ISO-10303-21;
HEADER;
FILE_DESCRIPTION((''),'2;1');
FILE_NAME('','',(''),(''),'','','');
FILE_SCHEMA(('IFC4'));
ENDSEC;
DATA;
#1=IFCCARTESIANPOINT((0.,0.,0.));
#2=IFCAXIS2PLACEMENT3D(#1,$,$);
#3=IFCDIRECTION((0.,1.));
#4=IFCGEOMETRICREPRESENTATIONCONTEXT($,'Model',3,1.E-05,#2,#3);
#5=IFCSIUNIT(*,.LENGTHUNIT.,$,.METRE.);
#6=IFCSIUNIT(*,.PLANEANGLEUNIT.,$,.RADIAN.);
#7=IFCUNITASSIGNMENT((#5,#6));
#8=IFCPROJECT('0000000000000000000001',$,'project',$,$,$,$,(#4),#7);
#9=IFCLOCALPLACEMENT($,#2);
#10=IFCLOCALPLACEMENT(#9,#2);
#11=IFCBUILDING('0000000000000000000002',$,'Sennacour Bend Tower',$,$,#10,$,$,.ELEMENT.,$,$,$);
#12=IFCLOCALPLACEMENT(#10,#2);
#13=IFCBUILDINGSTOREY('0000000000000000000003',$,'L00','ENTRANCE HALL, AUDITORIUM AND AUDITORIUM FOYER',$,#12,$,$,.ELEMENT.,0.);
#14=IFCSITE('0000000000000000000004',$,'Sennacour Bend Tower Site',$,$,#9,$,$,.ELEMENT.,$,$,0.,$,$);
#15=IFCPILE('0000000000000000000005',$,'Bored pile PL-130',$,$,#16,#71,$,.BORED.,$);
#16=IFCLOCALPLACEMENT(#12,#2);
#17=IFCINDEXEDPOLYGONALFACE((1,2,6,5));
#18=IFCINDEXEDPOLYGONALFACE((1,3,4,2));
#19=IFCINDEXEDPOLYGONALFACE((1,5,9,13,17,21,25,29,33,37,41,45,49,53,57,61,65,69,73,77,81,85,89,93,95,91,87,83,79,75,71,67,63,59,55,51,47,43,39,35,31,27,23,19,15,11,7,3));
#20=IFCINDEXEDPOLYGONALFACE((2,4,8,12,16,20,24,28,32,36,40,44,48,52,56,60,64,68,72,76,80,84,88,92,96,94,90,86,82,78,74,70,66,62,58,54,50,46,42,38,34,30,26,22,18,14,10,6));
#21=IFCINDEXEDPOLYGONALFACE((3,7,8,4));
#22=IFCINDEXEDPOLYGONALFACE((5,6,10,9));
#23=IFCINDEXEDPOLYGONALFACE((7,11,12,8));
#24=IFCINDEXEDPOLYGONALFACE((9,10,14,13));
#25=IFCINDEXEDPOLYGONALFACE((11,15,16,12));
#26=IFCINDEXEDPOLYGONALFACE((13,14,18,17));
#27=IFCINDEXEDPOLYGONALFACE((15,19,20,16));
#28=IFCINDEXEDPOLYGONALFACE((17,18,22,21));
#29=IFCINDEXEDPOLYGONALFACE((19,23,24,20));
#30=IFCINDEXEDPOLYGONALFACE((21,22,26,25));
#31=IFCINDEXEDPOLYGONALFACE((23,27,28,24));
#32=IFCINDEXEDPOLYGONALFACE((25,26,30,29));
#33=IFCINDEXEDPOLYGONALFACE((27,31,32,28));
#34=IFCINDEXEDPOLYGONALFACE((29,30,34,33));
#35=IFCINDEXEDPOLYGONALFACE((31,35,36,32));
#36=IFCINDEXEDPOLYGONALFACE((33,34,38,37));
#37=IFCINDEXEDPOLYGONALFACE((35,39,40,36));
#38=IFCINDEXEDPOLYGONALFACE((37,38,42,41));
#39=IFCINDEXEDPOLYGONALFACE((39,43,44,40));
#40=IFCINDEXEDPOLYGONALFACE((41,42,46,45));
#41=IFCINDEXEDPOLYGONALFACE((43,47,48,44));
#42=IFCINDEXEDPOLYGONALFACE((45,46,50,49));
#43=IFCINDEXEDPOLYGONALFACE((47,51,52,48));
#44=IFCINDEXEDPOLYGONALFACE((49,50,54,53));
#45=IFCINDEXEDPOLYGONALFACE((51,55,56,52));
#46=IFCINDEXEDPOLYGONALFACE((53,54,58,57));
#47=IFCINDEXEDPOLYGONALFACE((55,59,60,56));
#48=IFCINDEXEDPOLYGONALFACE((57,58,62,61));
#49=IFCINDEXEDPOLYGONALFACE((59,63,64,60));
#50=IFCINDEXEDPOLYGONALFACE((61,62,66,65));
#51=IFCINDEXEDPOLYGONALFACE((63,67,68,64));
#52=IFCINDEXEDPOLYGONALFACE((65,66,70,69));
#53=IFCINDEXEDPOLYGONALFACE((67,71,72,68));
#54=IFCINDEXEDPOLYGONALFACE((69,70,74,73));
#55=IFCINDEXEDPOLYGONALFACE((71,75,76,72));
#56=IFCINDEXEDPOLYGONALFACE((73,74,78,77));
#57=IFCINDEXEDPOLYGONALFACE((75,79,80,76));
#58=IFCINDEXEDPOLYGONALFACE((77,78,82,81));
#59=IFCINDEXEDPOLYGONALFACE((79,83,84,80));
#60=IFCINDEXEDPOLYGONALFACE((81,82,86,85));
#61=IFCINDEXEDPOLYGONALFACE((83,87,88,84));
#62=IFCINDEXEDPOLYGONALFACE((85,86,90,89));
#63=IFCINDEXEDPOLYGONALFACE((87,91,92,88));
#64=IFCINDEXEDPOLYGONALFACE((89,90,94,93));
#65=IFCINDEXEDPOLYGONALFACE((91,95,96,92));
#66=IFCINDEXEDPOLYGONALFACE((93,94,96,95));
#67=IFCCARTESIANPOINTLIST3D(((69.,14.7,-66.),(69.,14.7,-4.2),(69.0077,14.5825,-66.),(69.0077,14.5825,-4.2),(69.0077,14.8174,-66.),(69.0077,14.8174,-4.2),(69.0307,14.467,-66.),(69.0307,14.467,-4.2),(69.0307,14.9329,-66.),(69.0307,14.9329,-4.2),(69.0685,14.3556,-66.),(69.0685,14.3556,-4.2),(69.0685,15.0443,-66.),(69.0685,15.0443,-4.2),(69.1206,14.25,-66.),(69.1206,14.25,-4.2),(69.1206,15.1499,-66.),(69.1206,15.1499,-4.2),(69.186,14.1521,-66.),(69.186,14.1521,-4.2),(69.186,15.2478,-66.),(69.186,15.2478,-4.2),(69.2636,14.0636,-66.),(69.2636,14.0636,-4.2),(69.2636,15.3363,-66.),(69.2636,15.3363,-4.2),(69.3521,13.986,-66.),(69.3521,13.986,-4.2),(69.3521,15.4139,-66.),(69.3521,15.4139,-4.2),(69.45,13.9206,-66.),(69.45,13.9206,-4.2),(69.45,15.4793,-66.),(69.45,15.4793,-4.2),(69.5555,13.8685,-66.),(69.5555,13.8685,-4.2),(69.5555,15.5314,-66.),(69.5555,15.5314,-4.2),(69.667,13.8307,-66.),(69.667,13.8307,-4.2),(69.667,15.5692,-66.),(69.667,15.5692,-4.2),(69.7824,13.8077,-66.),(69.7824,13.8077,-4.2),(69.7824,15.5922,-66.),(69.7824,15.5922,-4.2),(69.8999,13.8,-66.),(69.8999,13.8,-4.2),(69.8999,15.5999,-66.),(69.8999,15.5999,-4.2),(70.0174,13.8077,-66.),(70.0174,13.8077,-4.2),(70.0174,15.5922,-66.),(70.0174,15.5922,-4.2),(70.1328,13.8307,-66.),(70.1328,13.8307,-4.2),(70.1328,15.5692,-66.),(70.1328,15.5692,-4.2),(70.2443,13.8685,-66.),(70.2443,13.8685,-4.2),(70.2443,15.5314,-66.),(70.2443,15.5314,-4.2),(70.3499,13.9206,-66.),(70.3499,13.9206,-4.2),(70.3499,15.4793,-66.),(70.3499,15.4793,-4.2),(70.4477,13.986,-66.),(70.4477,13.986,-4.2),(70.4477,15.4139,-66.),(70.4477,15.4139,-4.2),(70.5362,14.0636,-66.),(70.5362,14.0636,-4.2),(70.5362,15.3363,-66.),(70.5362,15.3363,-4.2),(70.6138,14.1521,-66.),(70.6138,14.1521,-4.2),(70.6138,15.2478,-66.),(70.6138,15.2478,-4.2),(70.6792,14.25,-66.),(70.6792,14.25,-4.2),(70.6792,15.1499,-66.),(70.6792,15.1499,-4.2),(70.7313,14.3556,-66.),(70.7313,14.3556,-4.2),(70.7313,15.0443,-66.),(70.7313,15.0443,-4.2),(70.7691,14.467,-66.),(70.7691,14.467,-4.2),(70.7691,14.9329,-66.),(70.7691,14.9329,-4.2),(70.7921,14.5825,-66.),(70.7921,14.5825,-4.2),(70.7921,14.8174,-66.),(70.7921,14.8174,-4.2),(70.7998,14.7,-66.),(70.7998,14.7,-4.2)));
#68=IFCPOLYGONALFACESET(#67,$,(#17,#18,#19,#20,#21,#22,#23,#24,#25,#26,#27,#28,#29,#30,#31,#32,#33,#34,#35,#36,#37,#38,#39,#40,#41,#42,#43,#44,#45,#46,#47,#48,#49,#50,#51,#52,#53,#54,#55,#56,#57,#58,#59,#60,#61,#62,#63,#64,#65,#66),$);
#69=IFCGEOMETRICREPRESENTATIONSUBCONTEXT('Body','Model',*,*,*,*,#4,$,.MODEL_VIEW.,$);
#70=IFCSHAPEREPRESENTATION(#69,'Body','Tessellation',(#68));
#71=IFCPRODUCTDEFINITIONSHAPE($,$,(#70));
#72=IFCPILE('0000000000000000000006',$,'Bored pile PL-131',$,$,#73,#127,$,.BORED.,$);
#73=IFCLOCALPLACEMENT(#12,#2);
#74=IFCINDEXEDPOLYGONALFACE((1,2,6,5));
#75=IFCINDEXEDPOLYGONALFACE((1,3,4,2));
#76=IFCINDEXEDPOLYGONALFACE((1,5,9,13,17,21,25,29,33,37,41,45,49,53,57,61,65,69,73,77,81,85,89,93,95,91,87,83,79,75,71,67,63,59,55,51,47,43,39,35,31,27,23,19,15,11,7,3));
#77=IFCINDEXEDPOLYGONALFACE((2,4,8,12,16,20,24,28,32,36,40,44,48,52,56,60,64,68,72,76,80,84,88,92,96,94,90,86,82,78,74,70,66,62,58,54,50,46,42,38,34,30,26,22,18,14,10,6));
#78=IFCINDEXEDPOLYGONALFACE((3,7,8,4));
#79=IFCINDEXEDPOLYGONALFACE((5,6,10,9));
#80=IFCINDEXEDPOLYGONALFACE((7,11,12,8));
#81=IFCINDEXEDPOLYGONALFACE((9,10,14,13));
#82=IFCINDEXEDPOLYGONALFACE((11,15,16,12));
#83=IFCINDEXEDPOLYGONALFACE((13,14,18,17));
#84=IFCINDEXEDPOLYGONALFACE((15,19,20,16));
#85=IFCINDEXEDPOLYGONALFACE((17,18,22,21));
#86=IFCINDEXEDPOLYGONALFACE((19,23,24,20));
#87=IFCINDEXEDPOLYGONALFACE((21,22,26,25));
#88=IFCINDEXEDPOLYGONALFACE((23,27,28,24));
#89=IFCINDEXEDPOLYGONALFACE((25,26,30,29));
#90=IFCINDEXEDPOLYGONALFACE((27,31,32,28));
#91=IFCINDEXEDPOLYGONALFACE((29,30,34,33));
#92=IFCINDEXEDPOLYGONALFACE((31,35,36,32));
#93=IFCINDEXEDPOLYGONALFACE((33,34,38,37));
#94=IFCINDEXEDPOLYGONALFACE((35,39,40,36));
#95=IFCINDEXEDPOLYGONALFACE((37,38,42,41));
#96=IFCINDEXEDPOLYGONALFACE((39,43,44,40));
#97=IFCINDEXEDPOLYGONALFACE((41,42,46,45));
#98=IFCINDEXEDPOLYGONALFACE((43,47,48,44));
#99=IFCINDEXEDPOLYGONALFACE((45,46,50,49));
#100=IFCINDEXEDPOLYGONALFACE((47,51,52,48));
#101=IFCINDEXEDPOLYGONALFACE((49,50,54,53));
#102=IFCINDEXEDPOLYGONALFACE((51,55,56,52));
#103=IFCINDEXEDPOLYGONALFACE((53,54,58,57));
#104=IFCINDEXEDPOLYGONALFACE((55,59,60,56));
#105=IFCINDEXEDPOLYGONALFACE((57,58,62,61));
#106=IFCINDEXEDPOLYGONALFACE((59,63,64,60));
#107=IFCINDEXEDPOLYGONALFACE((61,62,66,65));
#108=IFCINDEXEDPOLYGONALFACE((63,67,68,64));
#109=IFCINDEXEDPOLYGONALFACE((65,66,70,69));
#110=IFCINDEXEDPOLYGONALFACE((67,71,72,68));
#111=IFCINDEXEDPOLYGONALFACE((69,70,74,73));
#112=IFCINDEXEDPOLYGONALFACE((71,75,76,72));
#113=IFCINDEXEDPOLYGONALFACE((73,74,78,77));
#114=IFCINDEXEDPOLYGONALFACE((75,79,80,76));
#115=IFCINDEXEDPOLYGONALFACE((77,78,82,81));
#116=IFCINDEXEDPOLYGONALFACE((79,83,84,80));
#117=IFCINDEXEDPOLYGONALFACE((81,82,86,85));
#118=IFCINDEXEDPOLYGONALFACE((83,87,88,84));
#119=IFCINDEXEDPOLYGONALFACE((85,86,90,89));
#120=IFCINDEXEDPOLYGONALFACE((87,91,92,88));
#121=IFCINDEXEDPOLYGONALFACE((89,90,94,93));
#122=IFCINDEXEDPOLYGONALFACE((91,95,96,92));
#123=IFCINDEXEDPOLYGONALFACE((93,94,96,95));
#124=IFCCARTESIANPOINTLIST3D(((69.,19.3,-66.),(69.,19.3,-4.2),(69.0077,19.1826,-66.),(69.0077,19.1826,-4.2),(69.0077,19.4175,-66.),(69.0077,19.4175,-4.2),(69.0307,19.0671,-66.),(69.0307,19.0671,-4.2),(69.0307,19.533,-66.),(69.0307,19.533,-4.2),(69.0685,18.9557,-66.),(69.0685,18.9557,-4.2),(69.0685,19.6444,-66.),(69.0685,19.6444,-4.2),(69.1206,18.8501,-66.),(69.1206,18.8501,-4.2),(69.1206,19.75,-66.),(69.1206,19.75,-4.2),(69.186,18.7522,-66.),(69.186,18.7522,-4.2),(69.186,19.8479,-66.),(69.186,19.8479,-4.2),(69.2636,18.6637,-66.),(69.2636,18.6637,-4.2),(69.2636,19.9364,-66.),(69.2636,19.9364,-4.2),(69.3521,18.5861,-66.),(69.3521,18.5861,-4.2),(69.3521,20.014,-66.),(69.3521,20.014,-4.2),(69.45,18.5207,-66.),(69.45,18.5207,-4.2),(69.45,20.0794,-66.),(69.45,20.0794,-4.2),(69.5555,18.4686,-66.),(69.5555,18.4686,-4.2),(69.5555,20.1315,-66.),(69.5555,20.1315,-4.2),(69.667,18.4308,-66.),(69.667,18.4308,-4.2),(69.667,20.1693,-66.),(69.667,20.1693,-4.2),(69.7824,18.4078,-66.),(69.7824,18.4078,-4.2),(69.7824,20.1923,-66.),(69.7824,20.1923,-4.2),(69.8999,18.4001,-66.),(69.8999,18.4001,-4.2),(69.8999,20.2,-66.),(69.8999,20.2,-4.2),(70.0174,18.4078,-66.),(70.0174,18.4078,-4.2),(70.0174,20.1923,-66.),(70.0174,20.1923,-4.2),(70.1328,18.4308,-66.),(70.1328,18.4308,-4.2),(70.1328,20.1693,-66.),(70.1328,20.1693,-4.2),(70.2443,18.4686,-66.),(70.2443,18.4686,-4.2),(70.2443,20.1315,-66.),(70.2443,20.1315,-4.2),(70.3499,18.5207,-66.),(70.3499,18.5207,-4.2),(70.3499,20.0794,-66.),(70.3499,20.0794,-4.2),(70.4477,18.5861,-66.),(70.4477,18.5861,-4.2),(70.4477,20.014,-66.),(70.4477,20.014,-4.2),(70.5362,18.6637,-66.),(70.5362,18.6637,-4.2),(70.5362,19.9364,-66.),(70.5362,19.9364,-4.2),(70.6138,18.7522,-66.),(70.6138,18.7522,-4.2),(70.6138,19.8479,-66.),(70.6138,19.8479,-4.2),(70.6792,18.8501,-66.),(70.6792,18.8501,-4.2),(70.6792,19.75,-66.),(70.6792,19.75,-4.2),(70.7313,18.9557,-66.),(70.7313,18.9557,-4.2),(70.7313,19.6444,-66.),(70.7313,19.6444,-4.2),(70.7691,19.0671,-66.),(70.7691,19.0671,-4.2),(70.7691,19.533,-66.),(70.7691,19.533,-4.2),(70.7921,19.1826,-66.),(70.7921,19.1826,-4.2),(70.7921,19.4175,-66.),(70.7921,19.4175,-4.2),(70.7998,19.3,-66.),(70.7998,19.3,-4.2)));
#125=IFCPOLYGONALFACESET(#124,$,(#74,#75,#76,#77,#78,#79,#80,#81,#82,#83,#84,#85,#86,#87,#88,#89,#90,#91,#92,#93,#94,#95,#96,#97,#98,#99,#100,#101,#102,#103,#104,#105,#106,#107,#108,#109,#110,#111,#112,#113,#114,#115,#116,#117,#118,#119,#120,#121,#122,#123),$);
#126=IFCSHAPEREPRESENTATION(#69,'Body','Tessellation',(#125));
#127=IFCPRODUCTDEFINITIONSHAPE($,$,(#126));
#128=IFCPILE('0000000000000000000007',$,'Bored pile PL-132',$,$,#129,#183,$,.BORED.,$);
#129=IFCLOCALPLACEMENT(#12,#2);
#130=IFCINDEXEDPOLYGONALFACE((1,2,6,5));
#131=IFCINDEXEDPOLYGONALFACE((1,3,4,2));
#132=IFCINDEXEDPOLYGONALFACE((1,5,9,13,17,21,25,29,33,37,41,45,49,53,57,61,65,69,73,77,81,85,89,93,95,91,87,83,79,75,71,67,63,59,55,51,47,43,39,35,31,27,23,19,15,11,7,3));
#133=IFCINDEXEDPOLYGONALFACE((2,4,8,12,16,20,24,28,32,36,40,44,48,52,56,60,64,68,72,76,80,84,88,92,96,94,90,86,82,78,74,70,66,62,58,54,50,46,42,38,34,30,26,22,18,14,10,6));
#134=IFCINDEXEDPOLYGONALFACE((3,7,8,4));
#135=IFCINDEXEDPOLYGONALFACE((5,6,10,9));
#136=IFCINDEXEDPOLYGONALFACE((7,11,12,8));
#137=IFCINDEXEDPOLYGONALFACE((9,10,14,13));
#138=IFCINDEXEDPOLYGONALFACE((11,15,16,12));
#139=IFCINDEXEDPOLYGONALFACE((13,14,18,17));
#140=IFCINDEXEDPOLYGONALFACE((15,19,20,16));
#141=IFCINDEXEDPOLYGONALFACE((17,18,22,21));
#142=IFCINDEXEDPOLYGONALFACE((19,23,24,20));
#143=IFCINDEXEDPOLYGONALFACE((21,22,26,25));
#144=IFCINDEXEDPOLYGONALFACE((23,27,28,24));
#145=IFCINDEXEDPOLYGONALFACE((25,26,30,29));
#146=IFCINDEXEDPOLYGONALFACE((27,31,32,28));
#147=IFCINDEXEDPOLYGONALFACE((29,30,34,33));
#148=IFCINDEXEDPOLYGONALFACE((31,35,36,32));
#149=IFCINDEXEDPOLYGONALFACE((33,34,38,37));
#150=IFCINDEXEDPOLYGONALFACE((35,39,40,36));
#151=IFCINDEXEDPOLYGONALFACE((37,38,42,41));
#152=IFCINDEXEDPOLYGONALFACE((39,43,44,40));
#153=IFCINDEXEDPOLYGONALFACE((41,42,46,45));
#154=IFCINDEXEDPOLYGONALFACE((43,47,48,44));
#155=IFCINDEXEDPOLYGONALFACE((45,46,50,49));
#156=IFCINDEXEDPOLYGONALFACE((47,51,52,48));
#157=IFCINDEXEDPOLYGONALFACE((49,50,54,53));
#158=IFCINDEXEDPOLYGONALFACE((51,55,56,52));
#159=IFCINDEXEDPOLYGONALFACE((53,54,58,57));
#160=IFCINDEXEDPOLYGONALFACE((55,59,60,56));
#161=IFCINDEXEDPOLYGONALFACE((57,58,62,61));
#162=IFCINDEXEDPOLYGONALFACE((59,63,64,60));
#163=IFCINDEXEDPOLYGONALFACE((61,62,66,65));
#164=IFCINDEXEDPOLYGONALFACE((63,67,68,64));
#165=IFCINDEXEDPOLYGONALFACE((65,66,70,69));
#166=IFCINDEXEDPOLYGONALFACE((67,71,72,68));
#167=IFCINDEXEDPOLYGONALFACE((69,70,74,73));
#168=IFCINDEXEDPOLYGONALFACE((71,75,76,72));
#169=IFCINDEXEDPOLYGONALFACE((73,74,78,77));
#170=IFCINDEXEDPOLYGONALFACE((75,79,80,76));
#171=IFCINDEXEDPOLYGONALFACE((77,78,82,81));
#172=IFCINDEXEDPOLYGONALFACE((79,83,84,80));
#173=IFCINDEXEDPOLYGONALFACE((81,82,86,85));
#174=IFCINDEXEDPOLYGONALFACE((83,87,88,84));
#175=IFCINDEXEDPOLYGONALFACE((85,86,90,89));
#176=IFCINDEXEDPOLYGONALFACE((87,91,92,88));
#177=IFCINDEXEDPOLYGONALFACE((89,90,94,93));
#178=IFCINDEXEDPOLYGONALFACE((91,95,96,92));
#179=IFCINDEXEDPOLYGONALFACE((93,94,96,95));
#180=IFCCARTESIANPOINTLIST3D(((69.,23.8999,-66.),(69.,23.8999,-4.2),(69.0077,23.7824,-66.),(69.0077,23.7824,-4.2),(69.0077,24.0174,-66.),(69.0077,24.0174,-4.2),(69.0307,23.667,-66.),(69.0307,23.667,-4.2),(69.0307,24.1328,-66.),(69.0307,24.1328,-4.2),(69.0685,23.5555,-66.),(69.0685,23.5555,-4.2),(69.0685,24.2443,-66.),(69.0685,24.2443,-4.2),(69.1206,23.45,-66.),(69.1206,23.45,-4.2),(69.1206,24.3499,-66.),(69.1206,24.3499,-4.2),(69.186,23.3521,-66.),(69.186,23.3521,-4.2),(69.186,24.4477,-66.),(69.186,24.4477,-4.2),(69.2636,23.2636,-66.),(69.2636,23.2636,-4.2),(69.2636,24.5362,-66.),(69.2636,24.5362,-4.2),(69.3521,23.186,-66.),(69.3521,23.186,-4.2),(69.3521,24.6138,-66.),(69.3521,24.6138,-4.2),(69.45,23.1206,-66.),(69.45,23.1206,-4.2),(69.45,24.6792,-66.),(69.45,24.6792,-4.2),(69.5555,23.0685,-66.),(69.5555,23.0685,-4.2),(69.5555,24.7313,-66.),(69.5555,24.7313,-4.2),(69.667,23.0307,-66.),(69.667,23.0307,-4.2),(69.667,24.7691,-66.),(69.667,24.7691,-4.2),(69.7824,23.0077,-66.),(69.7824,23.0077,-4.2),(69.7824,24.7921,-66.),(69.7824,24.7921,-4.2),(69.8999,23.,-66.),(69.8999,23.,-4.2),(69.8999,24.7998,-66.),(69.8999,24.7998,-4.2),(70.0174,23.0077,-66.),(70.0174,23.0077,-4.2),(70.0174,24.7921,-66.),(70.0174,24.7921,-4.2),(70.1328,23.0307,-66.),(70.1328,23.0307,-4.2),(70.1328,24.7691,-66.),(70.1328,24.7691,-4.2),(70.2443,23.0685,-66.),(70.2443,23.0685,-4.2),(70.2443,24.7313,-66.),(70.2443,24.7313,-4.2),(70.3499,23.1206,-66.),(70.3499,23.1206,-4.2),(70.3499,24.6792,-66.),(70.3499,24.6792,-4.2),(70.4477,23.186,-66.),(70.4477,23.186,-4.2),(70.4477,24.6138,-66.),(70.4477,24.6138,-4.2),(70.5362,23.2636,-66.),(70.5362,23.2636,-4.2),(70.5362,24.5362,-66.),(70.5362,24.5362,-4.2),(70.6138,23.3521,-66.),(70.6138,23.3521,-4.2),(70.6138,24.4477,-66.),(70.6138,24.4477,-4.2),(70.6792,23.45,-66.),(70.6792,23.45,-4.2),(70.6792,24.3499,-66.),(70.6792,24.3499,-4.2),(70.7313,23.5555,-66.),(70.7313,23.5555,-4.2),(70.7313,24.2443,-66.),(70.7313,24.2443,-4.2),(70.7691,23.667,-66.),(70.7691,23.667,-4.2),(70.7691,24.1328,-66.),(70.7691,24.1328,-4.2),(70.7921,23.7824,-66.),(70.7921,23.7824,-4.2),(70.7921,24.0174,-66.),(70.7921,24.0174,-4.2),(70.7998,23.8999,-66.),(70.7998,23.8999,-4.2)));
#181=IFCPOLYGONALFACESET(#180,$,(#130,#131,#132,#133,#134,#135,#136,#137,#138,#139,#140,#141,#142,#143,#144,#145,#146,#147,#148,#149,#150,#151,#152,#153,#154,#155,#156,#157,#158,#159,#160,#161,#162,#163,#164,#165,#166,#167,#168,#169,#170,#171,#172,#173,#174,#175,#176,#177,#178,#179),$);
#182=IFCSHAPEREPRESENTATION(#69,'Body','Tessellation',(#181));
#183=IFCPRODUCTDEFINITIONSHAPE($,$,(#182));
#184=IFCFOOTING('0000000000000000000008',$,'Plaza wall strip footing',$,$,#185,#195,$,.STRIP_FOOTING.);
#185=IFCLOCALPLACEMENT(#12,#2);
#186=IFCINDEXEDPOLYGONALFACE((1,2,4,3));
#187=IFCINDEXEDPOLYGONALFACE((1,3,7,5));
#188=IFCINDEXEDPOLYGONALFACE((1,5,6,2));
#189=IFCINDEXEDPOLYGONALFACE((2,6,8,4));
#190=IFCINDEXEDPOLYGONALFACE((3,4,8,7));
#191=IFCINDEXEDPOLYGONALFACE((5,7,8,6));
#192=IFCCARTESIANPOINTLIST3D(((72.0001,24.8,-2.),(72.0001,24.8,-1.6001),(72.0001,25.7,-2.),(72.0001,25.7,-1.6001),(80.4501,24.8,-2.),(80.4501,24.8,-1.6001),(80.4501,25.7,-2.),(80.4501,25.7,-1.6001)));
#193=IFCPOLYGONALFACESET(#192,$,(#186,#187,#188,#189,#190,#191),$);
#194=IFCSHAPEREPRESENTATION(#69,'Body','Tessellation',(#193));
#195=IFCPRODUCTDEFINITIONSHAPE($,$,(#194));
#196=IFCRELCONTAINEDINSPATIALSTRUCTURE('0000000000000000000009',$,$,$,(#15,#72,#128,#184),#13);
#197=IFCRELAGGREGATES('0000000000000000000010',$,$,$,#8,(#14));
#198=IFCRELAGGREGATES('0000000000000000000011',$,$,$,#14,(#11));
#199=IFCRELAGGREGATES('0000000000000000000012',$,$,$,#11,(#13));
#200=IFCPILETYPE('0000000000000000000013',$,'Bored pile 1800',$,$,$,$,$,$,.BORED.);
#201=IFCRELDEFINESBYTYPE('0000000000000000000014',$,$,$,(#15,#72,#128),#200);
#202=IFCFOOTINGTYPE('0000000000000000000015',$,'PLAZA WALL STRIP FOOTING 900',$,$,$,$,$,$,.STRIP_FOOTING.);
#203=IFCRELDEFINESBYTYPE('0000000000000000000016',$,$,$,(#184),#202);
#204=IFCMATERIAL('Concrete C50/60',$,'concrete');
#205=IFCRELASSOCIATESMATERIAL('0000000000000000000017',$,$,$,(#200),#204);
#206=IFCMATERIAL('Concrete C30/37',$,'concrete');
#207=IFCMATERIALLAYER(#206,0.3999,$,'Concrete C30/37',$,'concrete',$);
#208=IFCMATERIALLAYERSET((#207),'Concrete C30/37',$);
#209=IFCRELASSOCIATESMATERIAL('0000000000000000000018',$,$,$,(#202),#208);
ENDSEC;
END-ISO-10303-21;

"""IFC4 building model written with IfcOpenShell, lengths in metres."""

from ifc_helpers import new_model, si_unit, direction, frame, origin, origin_2d, place, context, subcontext, project, spatial, rectangle, circle, extrude, material, layer, layer_set, material_profile, profile_set, type_object, element, save


model = new_model("IFC4")

# Units and contexts
model_context = context("Model", 3, precision=1e-05, world=origin(), true_north=direction((0.0, 1.0)))
body_context = subcontext(model_context, "Body", "Model", "MODEL_VIEW")
ifc_project = project(units=[si_unit("LENGTHUNIT", "METRE"), si_unit("PLANEANGLEUNIT", "RADIAN")], contexts=[model_context])

# Site, building, storey
site_placement = place(None, origin())
site = spatial("IfcSite", under=ifc_project, at=site_placement, Name="Sennacour Bend Tower Site", CompositionType="ELEMENT", RefElevation=0.0)
building_placement = place(site_placement, origin())
building = spatial("IfcBuilding", under=site, at=building_placement, Name="Sennacour Bend Tower", CompositionType="ELEMENT")
storey_placement = place(building_placement, origin())
storey = spatial("IfcBuildingStorey", under=building, at=storey_placement, Name="L00", Description="ENTRANCE HALL, AUDITORIUM AND AUDITORIUM FOYER", CompositionType="ELEMENT", Elevation=0.0)

# Piles
ifc_material_1 = material(Name="Concrete C50/60", Category="concrete")
ifc_material_profile_1 = material_profile(ifc_material_1, circle(Radius=0.8999, at=origin_2d()), Name="Concrete C50/60", Category="concrete")
ifc_profile_set_1 = profile_set([ifc_material_profile_1], Name="Concrete C50/60")
pile_type = type_object("IfcPileType", Name="Bored pile 1800", PredefinedType="BORED", material=ifc_profile_set_1)
for number, where, z_axis, x_axis, name in (
    (1, (69.8999, 14.7, -4.2), (0.0, 0.0, -1.0), (1.0, 0.0, 0.0), "Bored pile PL-130"),
    (2, (69.8999, 19.3, -4.2), (0.0, 0.0, -1.0), (1.0, 0.0, 0.0), "Bored pile PL-131"),
    (3, (69.8999, 23.8999, -4.2), (0.0, 0.0, -1.0), (1.0, 0.0, 0.0), "Bored pile PL-132"),
):
    element("IfcPile", number, at=place(storey_placement, frame(where, z_axis=z_axis, x_axis=x_axis)), inside=storey, type_object=pile_type, Name=name, PredefinedType="BORED", context=body_context, shape_type="SweptSolid", body=[
        extrude(circle(Radius=0.8999, at=origin_2d()), origin(), (0.0, 0.0, 1.0), 61.8),
    ])

# Footing
ifc_material_2 = material(Name="Concrete C30/37", Category="concrete")
ifc_layer_1 = layer(ifc_material_2, 0.3999, Name="Concrete C30/37", Category="concrete")
ifc_layer_set_1 = layer_set([ifc_layer_1], Name="Concrete C30/37")
footing_type = type_object("IfcFootingType", Name="PLAZA WALL STRIP FOOTING 900", PredefinedType="STRIP_FOOTING", material=ifc_layer_set_1)
footing_placement = place(storey_placement, frame((76.2251, 25.25, -2.0), z_axis=(0.0, 0.0, 1.0), x_axis=(1.0, 0.0, 0.0)))
element("IfcFooting", 4, at=footing_placement, inside=storey, type_object=footing_type, Name="Plaza wall strip footing", PredefinedType="STRIP_FOOTING", context=body_context, shape_type="SweptSolid", body=[
    extrude(rectangle(XDim=8.45, YDim=0.8999, at=origin_2d()), origin(), (0.0, 0.0, 1.0), 0.3999),
])

save(model, "model.ifc")
